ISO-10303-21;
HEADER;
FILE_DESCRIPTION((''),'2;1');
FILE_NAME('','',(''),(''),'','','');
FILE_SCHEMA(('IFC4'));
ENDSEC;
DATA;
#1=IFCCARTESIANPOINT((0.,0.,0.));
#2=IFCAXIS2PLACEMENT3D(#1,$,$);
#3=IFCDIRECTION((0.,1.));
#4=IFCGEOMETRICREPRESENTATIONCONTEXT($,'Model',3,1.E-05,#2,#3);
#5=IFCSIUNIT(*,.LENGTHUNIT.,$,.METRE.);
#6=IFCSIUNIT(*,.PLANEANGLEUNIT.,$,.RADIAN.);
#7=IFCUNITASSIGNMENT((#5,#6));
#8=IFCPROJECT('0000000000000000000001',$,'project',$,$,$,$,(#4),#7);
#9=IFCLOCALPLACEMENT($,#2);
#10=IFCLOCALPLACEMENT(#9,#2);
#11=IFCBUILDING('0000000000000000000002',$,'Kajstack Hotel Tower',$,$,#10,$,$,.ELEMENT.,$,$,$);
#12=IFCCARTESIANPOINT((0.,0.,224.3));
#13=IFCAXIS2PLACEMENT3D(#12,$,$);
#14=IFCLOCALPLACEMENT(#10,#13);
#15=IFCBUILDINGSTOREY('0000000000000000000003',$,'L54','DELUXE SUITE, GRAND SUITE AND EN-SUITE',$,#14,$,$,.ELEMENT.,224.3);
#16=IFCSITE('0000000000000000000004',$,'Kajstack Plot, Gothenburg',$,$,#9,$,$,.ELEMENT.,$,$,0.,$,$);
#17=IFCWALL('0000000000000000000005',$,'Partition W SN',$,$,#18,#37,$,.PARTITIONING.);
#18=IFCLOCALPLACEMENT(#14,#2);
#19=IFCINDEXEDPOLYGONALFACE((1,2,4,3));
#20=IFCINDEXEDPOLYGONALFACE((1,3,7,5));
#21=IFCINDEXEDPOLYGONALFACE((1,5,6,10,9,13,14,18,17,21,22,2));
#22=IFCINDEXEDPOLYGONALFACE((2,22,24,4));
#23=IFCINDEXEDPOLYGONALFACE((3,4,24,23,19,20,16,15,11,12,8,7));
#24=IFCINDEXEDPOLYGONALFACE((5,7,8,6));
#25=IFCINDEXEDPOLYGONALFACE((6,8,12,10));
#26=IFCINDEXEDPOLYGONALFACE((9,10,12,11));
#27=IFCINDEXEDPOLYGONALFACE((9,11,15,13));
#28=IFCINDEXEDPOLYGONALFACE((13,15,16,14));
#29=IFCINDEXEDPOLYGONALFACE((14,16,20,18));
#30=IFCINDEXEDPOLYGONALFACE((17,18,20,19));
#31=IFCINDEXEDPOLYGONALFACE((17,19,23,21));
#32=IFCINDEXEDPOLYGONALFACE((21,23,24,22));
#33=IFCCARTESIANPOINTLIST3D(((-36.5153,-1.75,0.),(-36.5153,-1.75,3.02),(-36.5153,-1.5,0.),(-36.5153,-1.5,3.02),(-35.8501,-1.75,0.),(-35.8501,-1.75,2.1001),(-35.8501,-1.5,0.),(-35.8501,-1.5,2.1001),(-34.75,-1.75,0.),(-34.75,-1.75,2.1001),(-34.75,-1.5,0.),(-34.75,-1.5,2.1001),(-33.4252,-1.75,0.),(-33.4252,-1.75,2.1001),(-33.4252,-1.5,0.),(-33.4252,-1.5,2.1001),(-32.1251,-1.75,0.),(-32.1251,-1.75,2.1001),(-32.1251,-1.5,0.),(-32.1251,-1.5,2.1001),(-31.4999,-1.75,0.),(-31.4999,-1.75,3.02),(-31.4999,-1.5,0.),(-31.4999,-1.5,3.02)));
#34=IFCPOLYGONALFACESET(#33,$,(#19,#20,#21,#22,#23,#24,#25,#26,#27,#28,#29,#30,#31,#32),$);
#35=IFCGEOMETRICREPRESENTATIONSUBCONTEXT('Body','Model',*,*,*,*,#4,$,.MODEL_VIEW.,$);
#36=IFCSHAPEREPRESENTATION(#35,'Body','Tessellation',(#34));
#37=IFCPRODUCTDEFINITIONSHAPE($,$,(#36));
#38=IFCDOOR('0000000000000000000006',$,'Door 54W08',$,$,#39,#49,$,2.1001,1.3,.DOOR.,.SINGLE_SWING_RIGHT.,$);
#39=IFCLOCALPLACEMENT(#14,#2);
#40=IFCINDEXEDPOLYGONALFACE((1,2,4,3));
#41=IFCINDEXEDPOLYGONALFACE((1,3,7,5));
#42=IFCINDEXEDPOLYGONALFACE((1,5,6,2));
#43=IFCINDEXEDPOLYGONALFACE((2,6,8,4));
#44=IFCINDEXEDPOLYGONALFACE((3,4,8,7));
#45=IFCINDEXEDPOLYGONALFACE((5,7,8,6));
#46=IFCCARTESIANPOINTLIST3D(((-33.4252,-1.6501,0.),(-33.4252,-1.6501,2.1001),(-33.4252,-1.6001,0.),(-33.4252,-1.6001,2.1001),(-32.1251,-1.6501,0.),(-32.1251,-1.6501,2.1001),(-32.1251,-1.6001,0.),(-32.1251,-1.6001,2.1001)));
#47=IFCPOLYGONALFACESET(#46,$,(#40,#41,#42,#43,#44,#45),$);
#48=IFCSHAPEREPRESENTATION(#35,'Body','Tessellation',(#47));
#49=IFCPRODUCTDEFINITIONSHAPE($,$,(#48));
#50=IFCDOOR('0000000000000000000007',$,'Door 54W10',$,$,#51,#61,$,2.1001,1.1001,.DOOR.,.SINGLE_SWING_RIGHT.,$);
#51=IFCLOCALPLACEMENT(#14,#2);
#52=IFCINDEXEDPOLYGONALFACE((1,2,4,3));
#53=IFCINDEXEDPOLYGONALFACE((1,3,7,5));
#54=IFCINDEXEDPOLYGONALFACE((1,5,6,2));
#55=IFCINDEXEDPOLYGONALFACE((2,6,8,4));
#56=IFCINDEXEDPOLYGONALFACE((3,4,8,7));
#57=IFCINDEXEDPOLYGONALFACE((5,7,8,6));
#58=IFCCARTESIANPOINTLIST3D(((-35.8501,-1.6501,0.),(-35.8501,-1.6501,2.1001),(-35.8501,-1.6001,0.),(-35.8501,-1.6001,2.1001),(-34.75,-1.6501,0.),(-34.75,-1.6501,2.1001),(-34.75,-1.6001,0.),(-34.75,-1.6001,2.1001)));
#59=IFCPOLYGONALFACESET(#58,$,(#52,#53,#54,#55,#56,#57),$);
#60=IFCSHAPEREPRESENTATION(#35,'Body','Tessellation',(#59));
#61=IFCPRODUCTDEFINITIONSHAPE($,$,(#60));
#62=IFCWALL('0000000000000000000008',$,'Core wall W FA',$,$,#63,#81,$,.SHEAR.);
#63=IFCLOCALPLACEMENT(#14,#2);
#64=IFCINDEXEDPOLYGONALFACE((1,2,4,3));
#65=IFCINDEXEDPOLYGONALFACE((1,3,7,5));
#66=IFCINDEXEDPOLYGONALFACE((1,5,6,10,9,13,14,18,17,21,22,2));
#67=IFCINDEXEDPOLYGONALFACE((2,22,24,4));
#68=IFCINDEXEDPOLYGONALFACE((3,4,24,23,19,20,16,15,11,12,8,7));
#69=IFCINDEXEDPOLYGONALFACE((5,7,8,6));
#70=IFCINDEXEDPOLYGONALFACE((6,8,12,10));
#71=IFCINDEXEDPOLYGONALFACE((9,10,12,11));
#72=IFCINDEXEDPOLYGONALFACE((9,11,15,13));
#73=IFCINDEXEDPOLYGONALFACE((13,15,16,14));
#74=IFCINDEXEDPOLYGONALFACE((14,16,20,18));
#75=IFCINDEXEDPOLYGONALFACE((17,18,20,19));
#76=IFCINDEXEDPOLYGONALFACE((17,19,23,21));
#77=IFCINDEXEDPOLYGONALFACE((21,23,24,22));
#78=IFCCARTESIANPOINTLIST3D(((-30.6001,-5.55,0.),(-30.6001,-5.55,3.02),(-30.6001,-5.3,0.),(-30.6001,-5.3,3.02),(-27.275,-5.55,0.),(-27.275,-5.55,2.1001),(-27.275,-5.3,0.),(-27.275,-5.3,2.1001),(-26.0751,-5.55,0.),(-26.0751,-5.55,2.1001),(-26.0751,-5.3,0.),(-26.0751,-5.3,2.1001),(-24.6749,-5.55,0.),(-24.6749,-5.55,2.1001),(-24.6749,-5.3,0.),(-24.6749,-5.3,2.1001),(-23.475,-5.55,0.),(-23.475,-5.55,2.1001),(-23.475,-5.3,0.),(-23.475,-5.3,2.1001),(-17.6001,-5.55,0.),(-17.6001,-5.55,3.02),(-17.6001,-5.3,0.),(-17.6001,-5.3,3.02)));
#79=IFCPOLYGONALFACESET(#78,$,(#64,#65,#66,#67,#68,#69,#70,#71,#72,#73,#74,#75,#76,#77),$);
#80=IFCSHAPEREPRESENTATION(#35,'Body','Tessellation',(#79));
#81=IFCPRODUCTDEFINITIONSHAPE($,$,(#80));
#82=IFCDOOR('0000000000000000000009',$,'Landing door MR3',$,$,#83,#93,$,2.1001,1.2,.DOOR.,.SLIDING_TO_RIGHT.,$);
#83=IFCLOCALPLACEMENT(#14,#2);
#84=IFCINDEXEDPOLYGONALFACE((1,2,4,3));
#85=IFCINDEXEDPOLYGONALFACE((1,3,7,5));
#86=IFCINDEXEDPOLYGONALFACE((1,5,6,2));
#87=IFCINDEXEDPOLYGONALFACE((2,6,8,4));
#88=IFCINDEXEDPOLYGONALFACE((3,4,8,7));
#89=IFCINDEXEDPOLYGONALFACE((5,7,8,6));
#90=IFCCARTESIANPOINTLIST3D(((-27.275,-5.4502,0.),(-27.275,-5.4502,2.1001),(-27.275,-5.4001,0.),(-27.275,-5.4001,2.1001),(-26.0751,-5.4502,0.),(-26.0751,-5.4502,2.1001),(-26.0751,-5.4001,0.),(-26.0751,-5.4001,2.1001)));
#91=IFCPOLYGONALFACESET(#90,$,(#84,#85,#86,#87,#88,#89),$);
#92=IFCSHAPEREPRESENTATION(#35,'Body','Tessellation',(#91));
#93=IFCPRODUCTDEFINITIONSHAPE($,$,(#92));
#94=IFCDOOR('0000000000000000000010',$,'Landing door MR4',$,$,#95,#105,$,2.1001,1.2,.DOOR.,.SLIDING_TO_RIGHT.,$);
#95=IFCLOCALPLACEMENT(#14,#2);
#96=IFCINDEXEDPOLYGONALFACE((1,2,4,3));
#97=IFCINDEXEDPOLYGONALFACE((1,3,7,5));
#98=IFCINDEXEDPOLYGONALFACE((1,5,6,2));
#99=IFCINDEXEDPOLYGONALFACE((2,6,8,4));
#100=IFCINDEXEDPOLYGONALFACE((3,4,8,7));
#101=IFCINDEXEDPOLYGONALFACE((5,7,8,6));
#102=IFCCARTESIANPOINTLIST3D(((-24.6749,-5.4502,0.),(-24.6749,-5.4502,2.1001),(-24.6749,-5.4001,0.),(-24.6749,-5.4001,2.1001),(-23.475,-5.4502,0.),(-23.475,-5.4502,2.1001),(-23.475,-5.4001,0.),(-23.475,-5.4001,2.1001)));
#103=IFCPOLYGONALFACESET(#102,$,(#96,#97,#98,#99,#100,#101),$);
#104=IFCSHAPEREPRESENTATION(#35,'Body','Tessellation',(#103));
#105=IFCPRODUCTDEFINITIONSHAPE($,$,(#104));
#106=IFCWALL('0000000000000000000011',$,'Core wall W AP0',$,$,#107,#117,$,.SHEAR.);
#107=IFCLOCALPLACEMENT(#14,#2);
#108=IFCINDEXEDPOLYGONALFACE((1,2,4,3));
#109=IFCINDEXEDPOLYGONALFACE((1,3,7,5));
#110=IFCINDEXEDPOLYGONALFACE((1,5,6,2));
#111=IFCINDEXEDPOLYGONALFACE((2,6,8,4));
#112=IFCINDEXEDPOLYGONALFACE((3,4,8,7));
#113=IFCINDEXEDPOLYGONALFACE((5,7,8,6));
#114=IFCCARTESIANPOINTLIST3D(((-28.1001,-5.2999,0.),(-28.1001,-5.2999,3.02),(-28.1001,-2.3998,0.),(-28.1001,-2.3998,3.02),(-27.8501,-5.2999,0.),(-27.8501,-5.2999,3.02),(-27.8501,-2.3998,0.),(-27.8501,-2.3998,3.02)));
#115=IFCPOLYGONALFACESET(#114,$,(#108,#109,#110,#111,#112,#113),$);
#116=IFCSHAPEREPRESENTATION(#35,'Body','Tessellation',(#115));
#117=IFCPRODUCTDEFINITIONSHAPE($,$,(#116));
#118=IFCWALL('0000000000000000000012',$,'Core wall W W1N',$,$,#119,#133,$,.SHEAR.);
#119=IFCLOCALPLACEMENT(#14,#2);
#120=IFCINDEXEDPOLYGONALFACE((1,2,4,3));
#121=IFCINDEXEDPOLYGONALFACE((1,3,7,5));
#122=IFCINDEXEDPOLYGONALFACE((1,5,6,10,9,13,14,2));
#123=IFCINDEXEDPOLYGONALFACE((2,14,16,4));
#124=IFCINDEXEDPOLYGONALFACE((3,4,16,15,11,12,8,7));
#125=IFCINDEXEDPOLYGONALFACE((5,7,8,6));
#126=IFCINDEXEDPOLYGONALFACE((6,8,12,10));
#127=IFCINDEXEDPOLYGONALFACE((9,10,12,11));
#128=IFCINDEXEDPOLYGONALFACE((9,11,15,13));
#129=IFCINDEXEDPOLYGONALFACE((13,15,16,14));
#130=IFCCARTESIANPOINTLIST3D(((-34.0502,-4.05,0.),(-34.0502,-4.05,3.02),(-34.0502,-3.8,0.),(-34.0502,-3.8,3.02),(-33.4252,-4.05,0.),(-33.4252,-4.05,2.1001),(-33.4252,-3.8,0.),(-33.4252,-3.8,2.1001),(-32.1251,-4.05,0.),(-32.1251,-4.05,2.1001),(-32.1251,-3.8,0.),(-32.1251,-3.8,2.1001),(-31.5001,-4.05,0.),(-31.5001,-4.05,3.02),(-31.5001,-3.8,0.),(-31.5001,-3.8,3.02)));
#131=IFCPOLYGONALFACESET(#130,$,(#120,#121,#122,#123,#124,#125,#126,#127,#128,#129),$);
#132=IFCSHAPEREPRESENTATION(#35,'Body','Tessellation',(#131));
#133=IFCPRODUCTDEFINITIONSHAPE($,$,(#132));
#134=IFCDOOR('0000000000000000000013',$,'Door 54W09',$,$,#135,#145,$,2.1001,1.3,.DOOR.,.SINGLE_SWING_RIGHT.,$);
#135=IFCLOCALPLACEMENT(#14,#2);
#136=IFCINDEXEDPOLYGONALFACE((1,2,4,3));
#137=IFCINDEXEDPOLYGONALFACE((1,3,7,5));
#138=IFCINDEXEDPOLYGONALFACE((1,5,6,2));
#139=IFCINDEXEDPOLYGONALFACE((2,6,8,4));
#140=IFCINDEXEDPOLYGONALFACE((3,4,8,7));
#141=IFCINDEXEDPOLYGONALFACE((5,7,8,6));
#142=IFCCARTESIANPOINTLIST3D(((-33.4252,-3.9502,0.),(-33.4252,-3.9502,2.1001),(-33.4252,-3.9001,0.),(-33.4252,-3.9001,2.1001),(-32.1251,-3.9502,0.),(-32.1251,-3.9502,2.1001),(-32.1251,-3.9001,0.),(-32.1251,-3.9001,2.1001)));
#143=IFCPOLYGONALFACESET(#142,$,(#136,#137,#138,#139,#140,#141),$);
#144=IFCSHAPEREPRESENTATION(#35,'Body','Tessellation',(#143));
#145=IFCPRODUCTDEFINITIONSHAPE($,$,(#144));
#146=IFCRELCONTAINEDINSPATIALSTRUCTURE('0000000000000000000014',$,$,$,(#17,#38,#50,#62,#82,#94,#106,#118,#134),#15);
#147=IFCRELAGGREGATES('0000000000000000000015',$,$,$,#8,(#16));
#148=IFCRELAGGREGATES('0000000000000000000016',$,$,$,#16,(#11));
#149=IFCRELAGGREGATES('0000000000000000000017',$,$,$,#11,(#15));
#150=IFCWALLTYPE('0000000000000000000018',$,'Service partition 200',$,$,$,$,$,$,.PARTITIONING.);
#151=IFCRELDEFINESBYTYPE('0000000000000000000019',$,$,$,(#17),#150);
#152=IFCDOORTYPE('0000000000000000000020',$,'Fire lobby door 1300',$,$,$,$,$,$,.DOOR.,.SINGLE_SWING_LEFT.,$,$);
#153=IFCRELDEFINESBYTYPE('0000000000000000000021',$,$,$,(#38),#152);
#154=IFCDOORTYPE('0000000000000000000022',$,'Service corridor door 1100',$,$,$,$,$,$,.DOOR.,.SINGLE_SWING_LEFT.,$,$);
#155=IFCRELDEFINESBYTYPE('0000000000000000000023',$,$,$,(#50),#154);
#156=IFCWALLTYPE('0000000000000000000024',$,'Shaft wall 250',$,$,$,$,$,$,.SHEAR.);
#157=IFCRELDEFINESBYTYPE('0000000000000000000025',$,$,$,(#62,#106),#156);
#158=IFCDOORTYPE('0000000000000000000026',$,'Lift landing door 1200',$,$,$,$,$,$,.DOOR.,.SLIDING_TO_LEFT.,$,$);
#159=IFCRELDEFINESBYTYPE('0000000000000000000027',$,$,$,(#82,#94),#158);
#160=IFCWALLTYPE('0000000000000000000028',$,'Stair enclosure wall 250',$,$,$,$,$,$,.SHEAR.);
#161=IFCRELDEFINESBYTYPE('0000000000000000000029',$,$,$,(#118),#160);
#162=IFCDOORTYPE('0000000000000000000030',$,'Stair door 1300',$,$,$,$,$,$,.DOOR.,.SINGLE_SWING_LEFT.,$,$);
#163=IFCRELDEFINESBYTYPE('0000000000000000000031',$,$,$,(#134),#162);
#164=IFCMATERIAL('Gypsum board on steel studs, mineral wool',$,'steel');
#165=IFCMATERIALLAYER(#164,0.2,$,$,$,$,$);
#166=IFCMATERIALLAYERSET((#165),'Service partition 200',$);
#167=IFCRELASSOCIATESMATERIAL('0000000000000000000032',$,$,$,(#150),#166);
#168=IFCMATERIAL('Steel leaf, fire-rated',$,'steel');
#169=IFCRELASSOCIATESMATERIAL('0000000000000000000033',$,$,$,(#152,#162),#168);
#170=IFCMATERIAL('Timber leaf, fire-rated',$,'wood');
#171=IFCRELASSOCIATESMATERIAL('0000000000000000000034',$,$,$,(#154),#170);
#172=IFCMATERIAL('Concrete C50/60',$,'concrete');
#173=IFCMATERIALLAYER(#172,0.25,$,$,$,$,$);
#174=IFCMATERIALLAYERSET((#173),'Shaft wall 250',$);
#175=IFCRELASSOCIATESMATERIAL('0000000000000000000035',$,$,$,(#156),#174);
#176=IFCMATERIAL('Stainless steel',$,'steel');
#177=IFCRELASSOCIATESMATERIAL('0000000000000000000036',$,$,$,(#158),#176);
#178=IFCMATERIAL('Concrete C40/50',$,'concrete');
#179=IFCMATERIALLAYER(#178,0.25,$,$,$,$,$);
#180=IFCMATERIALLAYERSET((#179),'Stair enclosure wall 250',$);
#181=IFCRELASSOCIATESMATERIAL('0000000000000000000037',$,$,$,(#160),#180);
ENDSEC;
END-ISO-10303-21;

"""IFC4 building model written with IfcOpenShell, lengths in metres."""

from ifc_helpers import new_model, si_unit, direction, frame, frame_2d, origin, place, context, subcontext, project, spatial, rectangle, extrude, material, layer, layer_set, type_object, element, fill, save


model = new_model("IFC4")

# Units and contexts
model_context = context("Model", 3, precision=1e-05, world=origin(), true_north=direction((0.0, 1.0)))
body_context = subcontext(model_context, "Body", "Model", "MODEL_VIEW")
ifc_project = project(units=[si_unit("LENGTHUNIT", "METRE"), si_unit("PLANEANGLEUNIT", "RADIAN")], contexts=[model_context])

# Site, building, storey
site_placement = place(None, origin())
site = spatial("IfcSite", under=ifc_project, at=site_placement, Name="Kajstack Plot, Gothenburg", CompositionType="ELEMENT", RefElevation=0.0)
building_placement = place(site_placement, origin())
building = spatial("IfcBuilding", under=site, at=building_placement, Name="Kajstack Hotel Tower", CompositionType="ELEMENT")
storey_placement = place(building_placement, frame((0.0, 0.0, 224.3)))
storey = spatial("IfcBuildingStorey", under=building, at=storey_placement, Name="L54", Description="DELUXE SUITE, GRAND SUITE AND EN-SUITE", CompositionType="ELEMENT", Elevation=224.3)

# Shared definitions
ifc_material_1 = material(Name="Gypsum board on steel studs, mineral wool", Category="steel")

# Shared definitions
ifc_material_2 = material(Name="Concrete C50/60", Category="concrete")

# Walls, openings, doors
ifc_layer_1 = layer(ifc_material_1, 0.2)
ifc_layer_set_1 = layer_set([ifc_layer_1], Name="Service partition 200")
wall_type_1 = type_object("IfcWallType", Name="Service partition 200", PredefinedType="PARTITIONING", material=ifc_layer_set_1)
wall_1_placement = place(storey_placement, frame((-36.5154, -1.625, 0.0), z_axis=(0.0, 0.0, 1.0), x_axis=(1.0, 0.0, 0.0)))
wall_1 = element("IfcWall", 1, at=wall_1_placement, inside=storey, type_object=wall_type_1, Name="Partition W SN", PredefinedType="PARTITIONING", context=body_context, shape_type="SweptSolid", body=[
    extrude(rectangle(XDim=5.0154, YDim=0.25, at=frame_2d((2.5078, 0.0))), origin(), (0.0, 0.0, 1.0), 3.02),
])
opening_1_placement = place(wall_1_placement, frame((3.0903, 0.0, 0.0)))
opening_1 = element("IfcOpeningElement", 2, at=opening_1_placement, cuts=wall_1, PredefinedType="OPENING", context=body_context, shape_type="SweptSolid", body=[
    extrude(rectangle(XDim=1.3, YDim=2.1001, at=frame_2d((0.6499, 1.05))), frame((0.0, 0.135, 0.0), z_axis=(0.0, -1.0, 0.0), x_axis=(1.0, 0.0, 0.0)), (0.0, 0.0, 1.0), 0.27),
])
opening_2_placement = place(wall_1_placement, frame((0.6653, 0.0, 0.0)))
opening_2 = element("IfcOpeningElement", 3, at=opening_2_placement, cuts=wall_1, PredefinedType="OPENING", context=body_context, shape_type="SweptSolid", body=[
    extrude(rectangle(XDim=1.1001, YDim=2.1001, at=frame_2d((0.55, 1.05))), frame((0.0, 0.135, 0.0), z_axis=(0.0, -1.0, 0.0), x_axis=(1.0, 0.0, 0.0)), (0.0, 0.0, 1.0), 0.27),
])
ifc_material_3 = material(Name="Steel leaf, fire-rated", Category="steel")
door_type_1 = type_object("IfcDoorType", Name="Fire lobby door 1300", OperationType="SINGLE_SWING_LEFT", PredefinedType="DOOR", material=ifc_material_3)
door_1_placement = place(opening_1_placement, origin())
door_1 = element("IfcDoor", 4, at=door_1_placement, inside=storey, type_object=door_type_1, Name="Door 54W08", OperationType="SINGLE_SWING_RIGHT", OverallHeight=2.1001, OverallWidth=1.3, PredefinedType="DOOR", context=body_context, shape_type="SweptSolid", body=[
    extrude(rectangle(XDim=1.3, YDim=2.1001, at=frame_2d((0.6499, 1.05))), frame((0.0, 0.0249, 0.0), z_axis=(0.0, -1.0, 0.0), x_axis=(1.0, 0.0, 0.0)), (0.0, 0.0, 1.0), 0.05),
])
fill(opening_1, door_1)
ifc_material_4 = material(Name="Timber leaf, fire-rated", Category="wood")
door_type_2 = type_object("IfcDoorType", Name="Service corridor door 1100", OperationType="SINGLE_SWING_LEFT", PredefinedType="DOOR", material=ifc_material_4)
door_2_placement = place(opening_2_placement, origin())
door_2 = element("IfcDoor", 5, at=door_2_placement, inside=storey, type_object=door_type_2, Name="Door 54W10", OperationType="SINGLE_SWING_RIGHT", OverallHeight=2.1001, OverallWidth=1.1001, PredefinedType="DOOR", context=body_context, shape_type="SweptSolid", body=[
    extrude(rectangle(XDim=1.1001, YDim=2.1001, at=frame_2d((0.55, 1.05))), frame((0.0, 0.0249, 0.0), z_axis=(0.0, -1.0, 0.0), x_axis=(1.0, 0.0, 0.0)), (0.0, 0.0, 1.0), 0.05),
])
fill(opening_2, door_2)
ifc_layer_2 = layer(ifc_material_2, 0.25)
ifc_layer_set_2 = layer_set([ifc_layer_2], Name="Shaft wall 250")
wall_type_2 = type_object("IfcWallType", Name="Shaft wall 250", PredefinedType="SHEAR", material=ifc_layer_set_2)
wall_2_placement = place(storey_placement, frame((-30.6001, -5.425, 0.0), z_axis=(0.0, 0.0, 1.0), x_axis=(1.0, 0.0, 0.0)))
wall_2 = element("IfcWall", 6, at=wall_2_placement, inside=storey, type_object=wall_type_2, Name="Core wall W FA", PredefinedType="SHEAR", context=body_context, shape_type="SweptSolid", body=[
    extrude(rectangle(XDim=13.0, YDim=0.25, at=frame_2d((6.5, 0.0))), origin(), (0.0, 0.0, 1.0), 3.02),
])
opening_3_placement = place(wall_2_placement, frame((3.325, 0.0, 0.0)))
opening_3 = element("IfcOpeningElement", 7, at=opening_3_placement, cuts=wall_2, PredefinedType="OPENING", context=body_context, shape_type="SweptSolid", body=[
    extrude(rectangle(XDim=1.2, YDim=2.1001, at=frame_2d((0.6001, 1.05))), frame((0.0, 0.135, 0.0), z_axis=(0.0, -1.0, 0.0), x_axis=(1.0, 0.0, 0.0)), (0.0, 0.0, 1.0), 0.27),
])
opening_4_placement = place(wall_2_placement, frame((5.925, 0.0, 0.0)))
opening_4 = element("IfcOpeningElement", 8, at=opening_4_placement, cuts=wall_2, PredefinedType="OPENING", context=body_context, shape_type="SweptSolid", body=[
    extrude(rectangle(XDim=1.2, YDim=2.1001, at=frame_2d((0.6001, 1.05))), frame((0.0, 0.135, 0.0), z_axis=(0.0, -1.0, 0.0), x_axis=(1.0, 0.0, 0.0)), (0.0, 0.0, 1.0), 0.27),
])
ifc_material_5 = material(Name="Stainless steel", Category="steel")
door_type_3 = type_object("IfcDoorType", Name="Lift landing door 1200", OperationType="SLIDING_TO_LEFT", PredefinedType="DOOR", material=ifc_material_5)
door_3_placement = place(opening_3_placement, origin())
door_3 = element("IfcDoor", 9, at=door_3_placement, inside=storey, type_object=door_type_3, Name="Landing door MR3", OperationType="SLIDING_TO_RIGHT", OverallHeight=2.1001, OverallWidth=1.2, PredefinedType="DOOR", context=body_context, shape_type="SweptSolid", body=[
    extrude(rectangle(XDim=1.2, YDim=2.1001, at=frame_2d((0.6001, 1.05))), frame((0.0, 0.0249, 0.0), z_axis=(0.0, -1.0, 0.0), x_axis=(1.0, 0.0, 0.0)), (0.0, 0.0, 1.0), 0.05),
])
fill(opening_3, door_3)
door_4_placement = place(opening_4_placement, origin())
door_4 = element("IfcDoor", 10, at=door_4_placement, inside=storey, type_object=door_type_3, Name="Landing door MR4", OperationType="SLIDING_TO_RIGHT", OverallHeight=2.1001, OverallWidth=1.2, PredefinedType="DOOR", context=body_context, shape_type="SweptSolid", body=[
    extrude(rectangle(XDim=1.2, YDim=2.1001, at=frame_2d((0.6001, 1.05))), frame((0.0, 0.0249, 0.0), z_axis=(0.0, -1.0, 0.0), x_axis=(1.0, 0.0, 0.0)), (0.0, 0.0, 1.0), 0.05),
])
fill(opening_4, door_4)

# Wall
wall_3_placement = place(storey_placement, frame((-27.9751, -5.3, 0.0), z_axis=(0.0, 0.0, 1.0), x_axis=(0.0, 1.0, 0.0)))
element("IfcWall", 11, at=wall_3_placement, inside=storey, type_object=wall_type_2, Name="Core wall W AP0", PredefinedType="SHEAR", context=body_context, shape_type="SweptSolid", body=[
    extrude(rectangle(XDim=2.9001, YDim=0.25, at=frame_2d((1.4502, 0.0))), origin(), (0.0, 0.0, 1.0), 3.02),
])

# Wall, opening, door
ifc_material_6 = material(Name="Concrete C40/50", Category="concrete")
ifc_layer_3 = layer(ifc_material_6, 0.25)
ifc_layer_set_3 = layer_set([ifc_layer_3], Name="Stair enclosure wall 250")
wall_type_3 = type_object("IfcWallType", Name="Stair enclosure wall 250", PredefinedType="SHEAR", material=ifc_layer_set_3)
wall_4_placement = place(storey_placement, frame((-34.05, -3.925, 0.0), z_axis=(0.0, 0.0, 1.0), x_axis=(1.0, 0.0, 0.0)))
wall_4 = element("IfcWall", 12, at=wall_4_placement, inside=storey, type_object=wall_type_3, Name="Core wall W W1N", PredefinedType="SHEAR", context=body_context, shape_type="SweptSolid", body=[
    extrude(rectangle(XDim=2.55, YDim=0.25, at=frame_2d((1.2749, 0.0))), origin(), (0.0, 0.0, 1.0), 3.02),
])
opening_5_placement = place(wall_4_placement, frame((0.625, 0.0, 0.0)))
opening_5 = element("IfcOpeningElement", 13, at=opening_5_placement, cuts=wall_4, PredefinedType="OPENING", context=body_context, shape_type="SweptSolid", body=[
    extrude(rectangle(XDim=1.3, YDim=2.1001, at=frame_2d((0.6499, 1.05))), frame((0.0, 0.135, 0.0), z_axis=(0.0, -1.0, 0.0), x_axis=(1.0, 0.0, 0.0)), (0.0, 0.0, 1.0), 0.27),
])
door_type_4 = type_object("IfcDoorType", Name="Stair door 1300", OperationType="SINGLE_SWING_LEFT", PredefinedType="DOOR", material=ifc_material_3)
door_5_placement = place(opening_5_placement, origin())
door_5 = element("IfcDoor", 14, at=door_5_placement, inside=storey, type_object=door_type_4, Name="Door 54W09", OperationType="SINGLE_SWING_RIGHT", OverallHeight=2.1001, OverallWidth=1.3, PredefinedType="DOOR", context=body_context, shape_type="SweptSolid", body=[
    extrude(rectangle(XDim=1.3, YDim=2.1001, at=frame_2d((0.6499, 1.05))), frame((0.0, 0.0249, 0.0), z_axis=(0.0, -1.0, 0.0), x_axis=(1.0, 0.0, 0.0)), (0.0, 0.0, 1.0), 0.05),
])
fill(opening_5, door_5)

save(model, "model.ifc")
